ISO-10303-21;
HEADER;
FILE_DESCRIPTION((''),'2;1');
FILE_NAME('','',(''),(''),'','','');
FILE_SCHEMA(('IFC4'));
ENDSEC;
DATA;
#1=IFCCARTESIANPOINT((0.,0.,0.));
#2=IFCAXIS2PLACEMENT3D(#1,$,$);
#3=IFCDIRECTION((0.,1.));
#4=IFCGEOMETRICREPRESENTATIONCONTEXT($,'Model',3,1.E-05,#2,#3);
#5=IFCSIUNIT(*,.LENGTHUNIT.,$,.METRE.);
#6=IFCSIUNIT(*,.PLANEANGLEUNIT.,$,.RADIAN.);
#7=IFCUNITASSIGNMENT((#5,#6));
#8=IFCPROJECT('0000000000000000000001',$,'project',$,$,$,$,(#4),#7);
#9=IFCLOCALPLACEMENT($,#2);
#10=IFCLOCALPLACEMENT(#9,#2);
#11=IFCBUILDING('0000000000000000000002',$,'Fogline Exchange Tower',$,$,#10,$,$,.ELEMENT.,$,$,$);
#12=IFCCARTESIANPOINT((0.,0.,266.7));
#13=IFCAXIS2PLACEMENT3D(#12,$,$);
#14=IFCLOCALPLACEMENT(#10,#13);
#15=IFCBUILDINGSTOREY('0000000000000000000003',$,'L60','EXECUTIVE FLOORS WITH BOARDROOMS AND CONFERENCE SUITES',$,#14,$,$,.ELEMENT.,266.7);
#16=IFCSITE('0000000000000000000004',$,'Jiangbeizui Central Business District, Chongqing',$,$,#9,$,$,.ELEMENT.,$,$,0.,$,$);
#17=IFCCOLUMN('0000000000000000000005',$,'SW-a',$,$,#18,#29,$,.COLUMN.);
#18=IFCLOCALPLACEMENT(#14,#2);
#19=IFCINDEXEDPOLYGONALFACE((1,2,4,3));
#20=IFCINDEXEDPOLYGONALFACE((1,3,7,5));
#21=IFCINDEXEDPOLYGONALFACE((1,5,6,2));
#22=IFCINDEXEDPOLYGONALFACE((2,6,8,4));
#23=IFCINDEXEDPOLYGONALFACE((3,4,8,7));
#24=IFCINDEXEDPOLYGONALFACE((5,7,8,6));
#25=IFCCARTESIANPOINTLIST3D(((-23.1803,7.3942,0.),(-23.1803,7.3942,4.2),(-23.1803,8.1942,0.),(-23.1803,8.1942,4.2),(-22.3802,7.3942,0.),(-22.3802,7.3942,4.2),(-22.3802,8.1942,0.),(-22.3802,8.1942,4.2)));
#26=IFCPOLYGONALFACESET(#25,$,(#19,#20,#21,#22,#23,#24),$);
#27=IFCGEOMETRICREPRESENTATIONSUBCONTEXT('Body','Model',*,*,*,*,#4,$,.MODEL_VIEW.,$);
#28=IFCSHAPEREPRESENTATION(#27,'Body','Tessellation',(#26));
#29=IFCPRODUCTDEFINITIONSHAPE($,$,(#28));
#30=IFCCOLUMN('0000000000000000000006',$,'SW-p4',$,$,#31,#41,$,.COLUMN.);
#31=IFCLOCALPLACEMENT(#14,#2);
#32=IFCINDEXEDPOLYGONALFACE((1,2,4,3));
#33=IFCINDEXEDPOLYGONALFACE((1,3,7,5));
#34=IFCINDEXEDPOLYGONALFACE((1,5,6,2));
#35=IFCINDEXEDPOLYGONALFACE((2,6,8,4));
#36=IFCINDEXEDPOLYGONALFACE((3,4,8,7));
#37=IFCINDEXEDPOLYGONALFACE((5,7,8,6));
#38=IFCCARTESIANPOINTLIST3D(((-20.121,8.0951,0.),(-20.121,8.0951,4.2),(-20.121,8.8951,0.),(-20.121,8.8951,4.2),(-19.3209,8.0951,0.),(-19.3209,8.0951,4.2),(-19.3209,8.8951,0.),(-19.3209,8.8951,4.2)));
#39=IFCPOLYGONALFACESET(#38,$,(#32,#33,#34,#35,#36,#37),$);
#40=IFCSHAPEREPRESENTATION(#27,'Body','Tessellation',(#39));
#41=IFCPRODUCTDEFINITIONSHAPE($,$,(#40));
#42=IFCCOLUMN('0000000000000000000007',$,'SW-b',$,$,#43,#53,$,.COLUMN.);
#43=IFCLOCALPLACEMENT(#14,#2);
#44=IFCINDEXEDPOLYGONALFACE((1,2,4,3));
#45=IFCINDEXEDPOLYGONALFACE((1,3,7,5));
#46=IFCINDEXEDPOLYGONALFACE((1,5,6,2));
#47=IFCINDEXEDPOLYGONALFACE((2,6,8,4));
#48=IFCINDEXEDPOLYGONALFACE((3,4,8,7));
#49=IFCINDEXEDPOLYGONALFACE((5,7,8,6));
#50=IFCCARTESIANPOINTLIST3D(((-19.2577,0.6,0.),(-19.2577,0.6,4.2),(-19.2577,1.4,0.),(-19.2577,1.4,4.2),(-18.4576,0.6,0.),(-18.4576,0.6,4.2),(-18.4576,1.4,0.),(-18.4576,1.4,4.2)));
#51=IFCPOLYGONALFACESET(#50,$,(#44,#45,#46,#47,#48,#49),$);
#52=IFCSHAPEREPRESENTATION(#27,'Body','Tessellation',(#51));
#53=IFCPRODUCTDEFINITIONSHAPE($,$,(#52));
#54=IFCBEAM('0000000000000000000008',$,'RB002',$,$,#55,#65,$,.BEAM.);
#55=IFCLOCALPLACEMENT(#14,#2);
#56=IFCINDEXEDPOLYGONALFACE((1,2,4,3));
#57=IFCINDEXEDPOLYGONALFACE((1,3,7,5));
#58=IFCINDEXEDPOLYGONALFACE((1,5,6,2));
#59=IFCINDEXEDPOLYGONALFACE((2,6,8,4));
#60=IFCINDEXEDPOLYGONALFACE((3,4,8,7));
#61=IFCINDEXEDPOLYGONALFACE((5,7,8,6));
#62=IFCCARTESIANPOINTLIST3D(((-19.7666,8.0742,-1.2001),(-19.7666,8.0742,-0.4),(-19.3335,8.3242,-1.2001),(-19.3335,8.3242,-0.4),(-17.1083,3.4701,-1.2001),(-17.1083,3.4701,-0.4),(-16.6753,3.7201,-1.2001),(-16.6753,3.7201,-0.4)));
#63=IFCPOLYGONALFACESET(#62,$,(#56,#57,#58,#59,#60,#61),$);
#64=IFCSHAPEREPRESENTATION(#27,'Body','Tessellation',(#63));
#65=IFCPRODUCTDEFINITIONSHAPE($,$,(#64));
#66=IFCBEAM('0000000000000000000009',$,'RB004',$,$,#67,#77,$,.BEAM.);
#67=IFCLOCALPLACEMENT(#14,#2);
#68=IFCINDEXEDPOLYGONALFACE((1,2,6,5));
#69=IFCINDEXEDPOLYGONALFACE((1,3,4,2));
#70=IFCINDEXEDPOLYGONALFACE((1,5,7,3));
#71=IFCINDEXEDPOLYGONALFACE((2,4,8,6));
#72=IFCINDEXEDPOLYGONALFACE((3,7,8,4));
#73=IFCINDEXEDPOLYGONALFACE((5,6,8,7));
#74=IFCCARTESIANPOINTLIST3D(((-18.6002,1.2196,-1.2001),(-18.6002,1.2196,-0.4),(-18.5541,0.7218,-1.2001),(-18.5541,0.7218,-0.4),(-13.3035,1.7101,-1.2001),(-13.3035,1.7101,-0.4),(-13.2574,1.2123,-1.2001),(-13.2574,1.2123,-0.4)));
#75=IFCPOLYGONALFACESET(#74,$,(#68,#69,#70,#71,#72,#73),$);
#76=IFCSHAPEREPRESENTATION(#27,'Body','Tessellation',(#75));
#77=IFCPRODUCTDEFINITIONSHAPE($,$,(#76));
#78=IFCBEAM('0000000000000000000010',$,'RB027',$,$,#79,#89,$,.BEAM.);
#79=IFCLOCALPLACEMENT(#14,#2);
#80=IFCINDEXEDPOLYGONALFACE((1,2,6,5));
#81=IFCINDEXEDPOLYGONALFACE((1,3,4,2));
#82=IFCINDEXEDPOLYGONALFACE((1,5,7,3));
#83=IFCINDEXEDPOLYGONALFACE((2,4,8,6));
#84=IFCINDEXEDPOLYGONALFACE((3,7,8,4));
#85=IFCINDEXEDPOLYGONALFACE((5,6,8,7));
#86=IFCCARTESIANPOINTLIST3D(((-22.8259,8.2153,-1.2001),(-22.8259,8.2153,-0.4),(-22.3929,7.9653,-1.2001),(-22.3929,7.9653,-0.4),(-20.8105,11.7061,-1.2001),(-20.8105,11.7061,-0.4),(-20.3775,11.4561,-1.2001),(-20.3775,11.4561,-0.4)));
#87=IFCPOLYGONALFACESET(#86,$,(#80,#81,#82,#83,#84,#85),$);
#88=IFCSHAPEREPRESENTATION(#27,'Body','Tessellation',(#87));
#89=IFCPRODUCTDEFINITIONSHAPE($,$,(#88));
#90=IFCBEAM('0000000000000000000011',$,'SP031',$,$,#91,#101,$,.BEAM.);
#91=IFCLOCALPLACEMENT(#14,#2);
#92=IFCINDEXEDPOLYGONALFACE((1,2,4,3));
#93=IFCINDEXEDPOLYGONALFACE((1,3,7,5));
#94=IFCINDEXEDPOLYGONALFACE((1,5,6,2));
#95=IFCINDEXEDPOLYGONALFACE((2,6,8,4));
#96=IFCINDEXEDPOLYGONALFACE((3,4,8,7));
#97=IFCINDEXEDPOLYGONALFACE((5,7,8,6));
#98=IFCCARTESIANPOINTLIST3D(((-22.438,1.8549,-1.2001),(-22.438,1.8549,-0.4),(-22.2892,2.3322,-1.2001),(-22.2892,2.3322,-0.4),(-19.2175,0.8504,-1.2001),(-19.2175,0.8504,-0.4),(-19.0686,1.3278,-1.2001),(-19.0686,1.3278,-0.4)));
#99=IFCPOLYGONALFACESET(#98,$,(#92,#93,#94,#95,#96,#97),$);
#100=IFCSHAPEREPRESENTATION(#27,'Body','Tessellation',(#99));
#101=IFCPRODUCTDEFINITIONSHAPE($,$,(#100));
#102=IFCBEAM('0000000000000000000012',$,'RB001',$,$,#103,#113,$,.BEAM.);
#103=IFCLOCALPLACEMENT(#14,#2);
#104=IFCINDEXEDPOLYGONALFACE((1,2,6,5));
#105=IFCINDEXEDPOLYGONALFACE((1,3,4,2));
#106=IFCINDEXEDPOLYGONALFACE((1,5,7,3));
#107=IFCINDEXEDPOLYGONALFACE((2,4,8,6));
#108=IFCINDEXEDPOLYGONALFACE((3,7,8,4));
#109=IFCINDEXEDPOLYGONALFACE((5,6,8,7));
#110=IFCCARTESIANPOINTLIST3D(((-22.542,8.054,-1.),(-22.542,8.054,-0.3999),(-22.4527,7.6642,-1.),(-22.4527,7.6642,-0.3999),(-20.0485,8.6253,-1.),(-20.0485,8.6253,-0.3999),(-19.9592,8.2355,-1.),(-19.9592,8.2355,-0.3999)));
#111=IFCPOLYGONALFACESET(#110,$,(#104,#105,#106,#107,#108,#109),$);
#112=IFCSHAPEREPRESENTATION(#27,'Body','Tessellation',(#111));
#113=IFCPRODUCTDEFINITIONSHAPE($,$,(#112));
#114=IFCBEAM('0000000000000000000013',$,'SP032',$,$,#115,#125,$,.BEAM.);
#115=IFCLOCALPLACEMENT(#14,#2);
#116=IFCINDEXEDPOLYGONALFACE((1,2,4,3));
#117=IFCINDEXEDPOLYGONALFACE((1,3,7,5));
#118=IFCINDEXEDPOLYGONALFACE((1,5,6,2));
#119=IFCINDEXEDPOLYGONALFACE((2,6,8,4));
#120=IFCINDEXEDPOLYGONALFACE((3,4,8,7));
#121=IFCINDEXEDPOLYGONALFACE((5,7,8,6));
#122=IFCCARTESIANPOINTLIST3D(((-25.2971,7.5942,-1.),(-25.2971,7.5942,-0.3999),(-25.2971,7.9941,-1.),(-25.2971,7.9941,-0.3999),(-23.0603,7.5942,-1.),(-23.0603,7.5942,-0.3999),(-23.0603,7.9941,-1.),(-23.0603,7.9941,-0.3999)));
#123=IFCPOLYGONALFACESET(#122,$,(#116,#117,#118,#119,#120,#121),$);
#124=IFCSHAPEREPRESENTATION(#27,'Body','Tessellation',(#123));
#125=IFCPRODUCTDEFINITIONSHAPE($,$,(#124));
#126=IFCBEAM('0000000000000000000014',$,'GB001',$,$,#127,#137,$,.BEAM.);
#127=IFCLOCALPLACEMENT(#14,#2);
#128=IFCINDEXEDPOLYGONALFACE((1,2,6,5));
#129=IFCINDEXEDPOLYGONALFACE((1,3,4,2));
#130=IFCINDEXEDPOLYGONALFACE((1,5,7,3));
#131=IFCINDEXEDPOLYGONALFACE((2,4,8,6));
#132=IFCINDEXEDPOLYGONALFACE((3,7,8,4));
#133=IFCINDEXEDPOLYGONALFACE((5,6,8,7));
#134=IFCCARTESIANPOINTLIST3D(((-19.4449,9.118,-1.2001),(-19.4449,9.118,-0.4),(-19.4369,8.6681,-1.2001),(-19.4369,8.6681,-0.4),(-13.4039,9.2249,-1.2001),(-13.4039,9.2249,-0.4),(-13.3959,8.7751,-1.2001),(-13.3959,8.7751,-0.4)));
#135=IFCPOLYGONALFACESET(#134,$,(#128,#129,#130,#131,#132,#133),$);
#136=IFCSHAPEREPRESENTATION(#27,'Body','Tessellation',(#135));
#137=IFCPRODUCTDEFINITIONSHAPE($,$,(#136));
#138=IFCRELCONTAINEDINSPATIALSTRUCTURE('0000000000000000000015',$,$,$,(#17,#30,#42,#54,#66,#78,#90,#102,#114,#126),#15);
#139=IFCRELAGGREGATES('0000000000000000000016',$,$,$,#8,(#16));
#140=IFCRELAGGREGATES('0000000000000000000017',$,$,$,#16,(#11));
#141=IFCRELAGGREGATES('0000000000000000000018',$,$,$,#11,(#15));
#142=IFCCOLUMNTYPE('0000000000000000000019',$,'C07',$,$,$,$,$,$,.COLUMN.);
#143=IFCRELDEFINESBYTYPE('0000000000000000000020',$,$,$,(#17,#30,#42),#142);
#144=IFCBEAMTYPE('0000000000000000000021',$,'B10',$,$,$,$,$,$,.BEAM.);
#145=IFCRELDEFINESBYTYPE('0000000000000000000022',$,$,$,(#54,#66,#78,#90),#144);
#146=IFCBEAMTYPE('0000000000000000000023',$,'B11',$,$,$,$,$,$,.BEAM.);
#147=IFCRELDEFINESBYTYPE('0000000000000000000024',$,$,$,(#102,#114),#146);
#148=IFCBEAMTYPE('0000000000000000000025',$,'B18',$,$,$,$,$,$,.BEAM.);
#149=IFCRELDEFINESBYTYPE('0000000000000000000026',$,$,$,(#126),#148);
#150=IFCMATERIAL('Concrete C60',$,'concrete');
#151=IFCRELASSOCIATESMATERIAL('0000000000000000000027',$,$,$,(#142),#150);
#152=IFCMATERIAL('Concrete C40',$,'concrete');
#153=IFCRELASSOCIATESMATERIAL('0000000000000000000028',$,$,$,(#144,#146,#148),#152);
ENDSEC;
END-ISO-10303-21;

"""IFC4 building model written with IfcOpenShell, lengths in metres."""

from ifc_helpers import new_model, si_unit, direction, frame, origin, origin_2d, place, context, subcontext, project, spatial, rectangle, extrude, material, material_profile, profile_set, type_object, element, save


model = new_model("IFC4")

# Units and contexts
model_context = context("Model", 3, precision=1e-05, world=origin(), true_north=direction((0.0, 1.0)))
body_context = subcontext(model_context, "Body", "Model", "MODEL_VIEW")
ifc_project = project(units=[si_unit("LENGTHUNIT", "METRE"), si_unit("PLANEANGLEUNIT", "RADIAN")], contexts=[model_context])

# Site, building, storey
site_placement = place(None, origin())
site = spatial("IfcSite", under=ifc_project, at=site_placement, Name="Jiangbeizui Central Business District, Chongqing", CompositionType="ELEMENT", RefElevation=0.0)
building_placement = place(site_placement, origin())
building = spatial("IfcBuilding", under=site, at=building_placement, Name="Fogline Exchange Tower", CompositionType="ELEMENT")
storey_placement = place(building_placement, frame((0.0, 0.0, 266.7)))
storey = spatial("IfcBuildingStorey", under=building, at=storey_placement, Name="L60", Description="EXECUTIVE FLOORS WITH BOARDROOMS AND CONFERENCE SUITES", CompositionType="ELEMENT", Elevation=266.7)

# Columns
ifc_material_1 = material(Name="Concrete C60", Category="concrete")
ifc_material_profile_1 = material_profile(ifc_material_1, rectangle(XDim=0.8, YDim=0.8, at=origin_2d()), Name="RC 800x800")
ifc_profile_set_1 = profile_set([ifc_material_profile_1], Name="Concrete C60")
column_type = type_object("IfcColumnType", Name="C07", PredefinedType="COLUMN", material=ifc_profile_set_1)
for number, where, z_axis, x_axis, name in (
    (1, (-22.7803, 7.7942, 0.0), (0.0, 0.0, 1.0), (1.0, 0.0, 0.0), "SW-a"),
    (2, (-19.7209, 8.4951, 0.0), (0.0, 0.0, 1.0), (1.0, 0.0, 0.0), "SW-p4"),
    (3, (-18.8577, 1.0, 0.0), (0.0, 0.0, 1.0), (1.0, 0.0, 0.0), "SW-b"),
):
    element("IfcColumn", number, at=place(storey_placement, frame(where, z_axis=z_axis, x_axis=x_axis)), inside=storey, type_object=column_type, Name=name, PredefinedType="COLUMN", context=body_context, shape_type="SweptSolid", body=[
        extrude(rectangle(XDim=0.8, YDim=0.8, at=origin_2d()), origin(), (0.0, 0.0, 1.0), 4.2),
    ])

# Beams
ifc_material_2 = material(Name="Concrete C40", Category="concrete")
ifc_material_profile_2 = material_profile(ifc_material_2, rectangle(XDim=0.5, YDim=0.8, at=origin_2d()), Name="RC 500x800")
ifc_profile_set_2 = profile_set([ifc_material_profile_2], Name="Concrete C40")
beam_type_1 = type_object("IfcBeamType", Name="B10", PredefinedType="BEAM", material=ifc_profile_set_2)
beam_1_placement = place(storey_placement, frame((-19.55, 8.1992, -0.8), z_axis=(0.500011, -0.866019, 0.0), x_axis=(0.866019, 0.500011, 0.0)))
element("IfcBeam", 4, at=beam_1_placement, inside=storey, type_object=beam_type_1, Name="RB002", PredefinedType="BEAM", context=body_context, shape_type="SweptSolid", body=[
    extrude(rectangle(XDim=0.5, YDim=0.8, at=origin_2d()), origin(), (0.0, 0.0, 1.0), 5.3164),
])
beam_2_placement = place(storey_placement, frame((-18.5771, 0.9707, -0.8), z_axis=(0.99574, 0.092207, 0.0), x_axis=(-0.092207, 0.99574, 0.0)))
element("IfcBeam", 5, at=beam_2_placement, inside=storey, type_object=beam_type_1, Name="RB004", PredefinedType="BEAM", context=body_context, shape_type="SweptSolid", body=[
    extrude(rectangle(XDim=0.5, YDim=0.8, at=origin_2d()), origin(), (0.0, 0.0, 1.0), 5.3193),
])
beam_3_placement = place(storey_placement, frame((-20.594, 11.5811, -0.8), z_axis=(-0.500002, -0.866024, 0.0), x_axis=(0.866024, -0.500002, 0.0)))
element("IfcBeam", 6, at=beam_3_placement, inside=storey, type_object=beam_type_1, Name="RB027", PredefinedType="BEAM", context=body_context, shape_type="SweptSolid", body=[
    extrude(rectangle(XDim=0.5, YDim=0.8, at=origin_2d()), origin(), (0.0, 0.0, 1.0), 4.0308),
])
beam_4_placement = place(storey_placement, frame((-19.1431, 1.0891, -0.8), z_axis=(-0.954649, 0.297735, 0.0), x_axis=(-0.297735, -0.954649, 0.0)))
element("IfcBeam", 7, at=beam_4_placement, inside=storey, type_object=beam_type_1, Name="SP031", PredefinedType="BEAM", context=body_context, shape_type="SweptSolid", body=[
    extrude(rectangle(XDim=0.5, YDim=0.8, at=origin_2d()), origin(), (0.0, 0.0, 1.0), 3.3735),
])
ifc_material_profile_3 = material_profile(ifc_material_2, rectangle(XDim=0.3999, YDim=0.6001, at=origin_2d()), Name="RC 400x600")
ifc_profile_set_3 = profile_set([ifc_material_profile_3], Name="Concrete C40")
beam_type_2 = type_object("IfcBeamType", Name="B11", PredefinedType="BEAM", material=ifc_profile_set_3)
beam_5_placement = place(storey_placement, frame((-22.4973, 7.8591, -0.7), z_axis=(0.974742, 0.223333, 0.0), x_axis=(-0.223333, 0.974742, 0.0)))
element("IfcBeam", 8, at=beam_5_placement, inside=storey, type_object=beam_type_2, Name="RB001", PredefinedType="BEAM", context=body_context, shape_type="SweptSolid", body=[
    extrude(rectangle(XDim=0.3999, YDim=0.6001, at=origin_2d()), origin(), (0.0, 0.0, 1.0), 2.5581),
])
beam_6_placement = place(storey_placement, frame((-23.0603, 7.7942, -0.7), z_axis=(-1.0, 0.0, 0.0), x_axis=(0.0, -1.0, 0.0)))
element("IfcBeam", 9, at=beam_6_placement, inside=storey, type_object=beam_type_2, Name="SP032", PredefinedType="BEAM", context=body_context, shape_type="SweptSolid", body=[
    extrude(rectangle(XDim=0.3999, YDim=0.6001, at=origin_2d()), origin(), (0.0, 0.0, 1.0), 2.2368),
])
ifc_material_profile_4 = material_profile(ifc_material_2, rectangle(XDim=0.45, YDim=0.8, at=origin_2d()), Name="RC 450x800")
ifc_profile_set_4 = profile_set([ifc_material_profile_4], Name="Concrete C40")
beam_type_3 = type_object("IfcBeamType", Name="B18", PredefinedType="BEAM", material=ifc_profile_set_4)
beam_7_placement = place(storey_placement, frame((-19.4409, 8.8931, -0.8), z_axis=(0.999843, 0.017698, 0.0), x_axis=(-0.017698, 0.999843, 0.0)))
element("IfcBeam", 10, at=beam_7_placement, inside=storey, type_object=beam_type_3, Name="GB001", PredefinedType="BEAM", context=body_context, shape_type="SweptSolid", body=[
    extrude(rectangle(XDim=0.45, YDim=0.8, at=origin_2d()), origin(), (0.0, 0.0, 1.0), 6.042),
])

save(model, "model.ifc")
